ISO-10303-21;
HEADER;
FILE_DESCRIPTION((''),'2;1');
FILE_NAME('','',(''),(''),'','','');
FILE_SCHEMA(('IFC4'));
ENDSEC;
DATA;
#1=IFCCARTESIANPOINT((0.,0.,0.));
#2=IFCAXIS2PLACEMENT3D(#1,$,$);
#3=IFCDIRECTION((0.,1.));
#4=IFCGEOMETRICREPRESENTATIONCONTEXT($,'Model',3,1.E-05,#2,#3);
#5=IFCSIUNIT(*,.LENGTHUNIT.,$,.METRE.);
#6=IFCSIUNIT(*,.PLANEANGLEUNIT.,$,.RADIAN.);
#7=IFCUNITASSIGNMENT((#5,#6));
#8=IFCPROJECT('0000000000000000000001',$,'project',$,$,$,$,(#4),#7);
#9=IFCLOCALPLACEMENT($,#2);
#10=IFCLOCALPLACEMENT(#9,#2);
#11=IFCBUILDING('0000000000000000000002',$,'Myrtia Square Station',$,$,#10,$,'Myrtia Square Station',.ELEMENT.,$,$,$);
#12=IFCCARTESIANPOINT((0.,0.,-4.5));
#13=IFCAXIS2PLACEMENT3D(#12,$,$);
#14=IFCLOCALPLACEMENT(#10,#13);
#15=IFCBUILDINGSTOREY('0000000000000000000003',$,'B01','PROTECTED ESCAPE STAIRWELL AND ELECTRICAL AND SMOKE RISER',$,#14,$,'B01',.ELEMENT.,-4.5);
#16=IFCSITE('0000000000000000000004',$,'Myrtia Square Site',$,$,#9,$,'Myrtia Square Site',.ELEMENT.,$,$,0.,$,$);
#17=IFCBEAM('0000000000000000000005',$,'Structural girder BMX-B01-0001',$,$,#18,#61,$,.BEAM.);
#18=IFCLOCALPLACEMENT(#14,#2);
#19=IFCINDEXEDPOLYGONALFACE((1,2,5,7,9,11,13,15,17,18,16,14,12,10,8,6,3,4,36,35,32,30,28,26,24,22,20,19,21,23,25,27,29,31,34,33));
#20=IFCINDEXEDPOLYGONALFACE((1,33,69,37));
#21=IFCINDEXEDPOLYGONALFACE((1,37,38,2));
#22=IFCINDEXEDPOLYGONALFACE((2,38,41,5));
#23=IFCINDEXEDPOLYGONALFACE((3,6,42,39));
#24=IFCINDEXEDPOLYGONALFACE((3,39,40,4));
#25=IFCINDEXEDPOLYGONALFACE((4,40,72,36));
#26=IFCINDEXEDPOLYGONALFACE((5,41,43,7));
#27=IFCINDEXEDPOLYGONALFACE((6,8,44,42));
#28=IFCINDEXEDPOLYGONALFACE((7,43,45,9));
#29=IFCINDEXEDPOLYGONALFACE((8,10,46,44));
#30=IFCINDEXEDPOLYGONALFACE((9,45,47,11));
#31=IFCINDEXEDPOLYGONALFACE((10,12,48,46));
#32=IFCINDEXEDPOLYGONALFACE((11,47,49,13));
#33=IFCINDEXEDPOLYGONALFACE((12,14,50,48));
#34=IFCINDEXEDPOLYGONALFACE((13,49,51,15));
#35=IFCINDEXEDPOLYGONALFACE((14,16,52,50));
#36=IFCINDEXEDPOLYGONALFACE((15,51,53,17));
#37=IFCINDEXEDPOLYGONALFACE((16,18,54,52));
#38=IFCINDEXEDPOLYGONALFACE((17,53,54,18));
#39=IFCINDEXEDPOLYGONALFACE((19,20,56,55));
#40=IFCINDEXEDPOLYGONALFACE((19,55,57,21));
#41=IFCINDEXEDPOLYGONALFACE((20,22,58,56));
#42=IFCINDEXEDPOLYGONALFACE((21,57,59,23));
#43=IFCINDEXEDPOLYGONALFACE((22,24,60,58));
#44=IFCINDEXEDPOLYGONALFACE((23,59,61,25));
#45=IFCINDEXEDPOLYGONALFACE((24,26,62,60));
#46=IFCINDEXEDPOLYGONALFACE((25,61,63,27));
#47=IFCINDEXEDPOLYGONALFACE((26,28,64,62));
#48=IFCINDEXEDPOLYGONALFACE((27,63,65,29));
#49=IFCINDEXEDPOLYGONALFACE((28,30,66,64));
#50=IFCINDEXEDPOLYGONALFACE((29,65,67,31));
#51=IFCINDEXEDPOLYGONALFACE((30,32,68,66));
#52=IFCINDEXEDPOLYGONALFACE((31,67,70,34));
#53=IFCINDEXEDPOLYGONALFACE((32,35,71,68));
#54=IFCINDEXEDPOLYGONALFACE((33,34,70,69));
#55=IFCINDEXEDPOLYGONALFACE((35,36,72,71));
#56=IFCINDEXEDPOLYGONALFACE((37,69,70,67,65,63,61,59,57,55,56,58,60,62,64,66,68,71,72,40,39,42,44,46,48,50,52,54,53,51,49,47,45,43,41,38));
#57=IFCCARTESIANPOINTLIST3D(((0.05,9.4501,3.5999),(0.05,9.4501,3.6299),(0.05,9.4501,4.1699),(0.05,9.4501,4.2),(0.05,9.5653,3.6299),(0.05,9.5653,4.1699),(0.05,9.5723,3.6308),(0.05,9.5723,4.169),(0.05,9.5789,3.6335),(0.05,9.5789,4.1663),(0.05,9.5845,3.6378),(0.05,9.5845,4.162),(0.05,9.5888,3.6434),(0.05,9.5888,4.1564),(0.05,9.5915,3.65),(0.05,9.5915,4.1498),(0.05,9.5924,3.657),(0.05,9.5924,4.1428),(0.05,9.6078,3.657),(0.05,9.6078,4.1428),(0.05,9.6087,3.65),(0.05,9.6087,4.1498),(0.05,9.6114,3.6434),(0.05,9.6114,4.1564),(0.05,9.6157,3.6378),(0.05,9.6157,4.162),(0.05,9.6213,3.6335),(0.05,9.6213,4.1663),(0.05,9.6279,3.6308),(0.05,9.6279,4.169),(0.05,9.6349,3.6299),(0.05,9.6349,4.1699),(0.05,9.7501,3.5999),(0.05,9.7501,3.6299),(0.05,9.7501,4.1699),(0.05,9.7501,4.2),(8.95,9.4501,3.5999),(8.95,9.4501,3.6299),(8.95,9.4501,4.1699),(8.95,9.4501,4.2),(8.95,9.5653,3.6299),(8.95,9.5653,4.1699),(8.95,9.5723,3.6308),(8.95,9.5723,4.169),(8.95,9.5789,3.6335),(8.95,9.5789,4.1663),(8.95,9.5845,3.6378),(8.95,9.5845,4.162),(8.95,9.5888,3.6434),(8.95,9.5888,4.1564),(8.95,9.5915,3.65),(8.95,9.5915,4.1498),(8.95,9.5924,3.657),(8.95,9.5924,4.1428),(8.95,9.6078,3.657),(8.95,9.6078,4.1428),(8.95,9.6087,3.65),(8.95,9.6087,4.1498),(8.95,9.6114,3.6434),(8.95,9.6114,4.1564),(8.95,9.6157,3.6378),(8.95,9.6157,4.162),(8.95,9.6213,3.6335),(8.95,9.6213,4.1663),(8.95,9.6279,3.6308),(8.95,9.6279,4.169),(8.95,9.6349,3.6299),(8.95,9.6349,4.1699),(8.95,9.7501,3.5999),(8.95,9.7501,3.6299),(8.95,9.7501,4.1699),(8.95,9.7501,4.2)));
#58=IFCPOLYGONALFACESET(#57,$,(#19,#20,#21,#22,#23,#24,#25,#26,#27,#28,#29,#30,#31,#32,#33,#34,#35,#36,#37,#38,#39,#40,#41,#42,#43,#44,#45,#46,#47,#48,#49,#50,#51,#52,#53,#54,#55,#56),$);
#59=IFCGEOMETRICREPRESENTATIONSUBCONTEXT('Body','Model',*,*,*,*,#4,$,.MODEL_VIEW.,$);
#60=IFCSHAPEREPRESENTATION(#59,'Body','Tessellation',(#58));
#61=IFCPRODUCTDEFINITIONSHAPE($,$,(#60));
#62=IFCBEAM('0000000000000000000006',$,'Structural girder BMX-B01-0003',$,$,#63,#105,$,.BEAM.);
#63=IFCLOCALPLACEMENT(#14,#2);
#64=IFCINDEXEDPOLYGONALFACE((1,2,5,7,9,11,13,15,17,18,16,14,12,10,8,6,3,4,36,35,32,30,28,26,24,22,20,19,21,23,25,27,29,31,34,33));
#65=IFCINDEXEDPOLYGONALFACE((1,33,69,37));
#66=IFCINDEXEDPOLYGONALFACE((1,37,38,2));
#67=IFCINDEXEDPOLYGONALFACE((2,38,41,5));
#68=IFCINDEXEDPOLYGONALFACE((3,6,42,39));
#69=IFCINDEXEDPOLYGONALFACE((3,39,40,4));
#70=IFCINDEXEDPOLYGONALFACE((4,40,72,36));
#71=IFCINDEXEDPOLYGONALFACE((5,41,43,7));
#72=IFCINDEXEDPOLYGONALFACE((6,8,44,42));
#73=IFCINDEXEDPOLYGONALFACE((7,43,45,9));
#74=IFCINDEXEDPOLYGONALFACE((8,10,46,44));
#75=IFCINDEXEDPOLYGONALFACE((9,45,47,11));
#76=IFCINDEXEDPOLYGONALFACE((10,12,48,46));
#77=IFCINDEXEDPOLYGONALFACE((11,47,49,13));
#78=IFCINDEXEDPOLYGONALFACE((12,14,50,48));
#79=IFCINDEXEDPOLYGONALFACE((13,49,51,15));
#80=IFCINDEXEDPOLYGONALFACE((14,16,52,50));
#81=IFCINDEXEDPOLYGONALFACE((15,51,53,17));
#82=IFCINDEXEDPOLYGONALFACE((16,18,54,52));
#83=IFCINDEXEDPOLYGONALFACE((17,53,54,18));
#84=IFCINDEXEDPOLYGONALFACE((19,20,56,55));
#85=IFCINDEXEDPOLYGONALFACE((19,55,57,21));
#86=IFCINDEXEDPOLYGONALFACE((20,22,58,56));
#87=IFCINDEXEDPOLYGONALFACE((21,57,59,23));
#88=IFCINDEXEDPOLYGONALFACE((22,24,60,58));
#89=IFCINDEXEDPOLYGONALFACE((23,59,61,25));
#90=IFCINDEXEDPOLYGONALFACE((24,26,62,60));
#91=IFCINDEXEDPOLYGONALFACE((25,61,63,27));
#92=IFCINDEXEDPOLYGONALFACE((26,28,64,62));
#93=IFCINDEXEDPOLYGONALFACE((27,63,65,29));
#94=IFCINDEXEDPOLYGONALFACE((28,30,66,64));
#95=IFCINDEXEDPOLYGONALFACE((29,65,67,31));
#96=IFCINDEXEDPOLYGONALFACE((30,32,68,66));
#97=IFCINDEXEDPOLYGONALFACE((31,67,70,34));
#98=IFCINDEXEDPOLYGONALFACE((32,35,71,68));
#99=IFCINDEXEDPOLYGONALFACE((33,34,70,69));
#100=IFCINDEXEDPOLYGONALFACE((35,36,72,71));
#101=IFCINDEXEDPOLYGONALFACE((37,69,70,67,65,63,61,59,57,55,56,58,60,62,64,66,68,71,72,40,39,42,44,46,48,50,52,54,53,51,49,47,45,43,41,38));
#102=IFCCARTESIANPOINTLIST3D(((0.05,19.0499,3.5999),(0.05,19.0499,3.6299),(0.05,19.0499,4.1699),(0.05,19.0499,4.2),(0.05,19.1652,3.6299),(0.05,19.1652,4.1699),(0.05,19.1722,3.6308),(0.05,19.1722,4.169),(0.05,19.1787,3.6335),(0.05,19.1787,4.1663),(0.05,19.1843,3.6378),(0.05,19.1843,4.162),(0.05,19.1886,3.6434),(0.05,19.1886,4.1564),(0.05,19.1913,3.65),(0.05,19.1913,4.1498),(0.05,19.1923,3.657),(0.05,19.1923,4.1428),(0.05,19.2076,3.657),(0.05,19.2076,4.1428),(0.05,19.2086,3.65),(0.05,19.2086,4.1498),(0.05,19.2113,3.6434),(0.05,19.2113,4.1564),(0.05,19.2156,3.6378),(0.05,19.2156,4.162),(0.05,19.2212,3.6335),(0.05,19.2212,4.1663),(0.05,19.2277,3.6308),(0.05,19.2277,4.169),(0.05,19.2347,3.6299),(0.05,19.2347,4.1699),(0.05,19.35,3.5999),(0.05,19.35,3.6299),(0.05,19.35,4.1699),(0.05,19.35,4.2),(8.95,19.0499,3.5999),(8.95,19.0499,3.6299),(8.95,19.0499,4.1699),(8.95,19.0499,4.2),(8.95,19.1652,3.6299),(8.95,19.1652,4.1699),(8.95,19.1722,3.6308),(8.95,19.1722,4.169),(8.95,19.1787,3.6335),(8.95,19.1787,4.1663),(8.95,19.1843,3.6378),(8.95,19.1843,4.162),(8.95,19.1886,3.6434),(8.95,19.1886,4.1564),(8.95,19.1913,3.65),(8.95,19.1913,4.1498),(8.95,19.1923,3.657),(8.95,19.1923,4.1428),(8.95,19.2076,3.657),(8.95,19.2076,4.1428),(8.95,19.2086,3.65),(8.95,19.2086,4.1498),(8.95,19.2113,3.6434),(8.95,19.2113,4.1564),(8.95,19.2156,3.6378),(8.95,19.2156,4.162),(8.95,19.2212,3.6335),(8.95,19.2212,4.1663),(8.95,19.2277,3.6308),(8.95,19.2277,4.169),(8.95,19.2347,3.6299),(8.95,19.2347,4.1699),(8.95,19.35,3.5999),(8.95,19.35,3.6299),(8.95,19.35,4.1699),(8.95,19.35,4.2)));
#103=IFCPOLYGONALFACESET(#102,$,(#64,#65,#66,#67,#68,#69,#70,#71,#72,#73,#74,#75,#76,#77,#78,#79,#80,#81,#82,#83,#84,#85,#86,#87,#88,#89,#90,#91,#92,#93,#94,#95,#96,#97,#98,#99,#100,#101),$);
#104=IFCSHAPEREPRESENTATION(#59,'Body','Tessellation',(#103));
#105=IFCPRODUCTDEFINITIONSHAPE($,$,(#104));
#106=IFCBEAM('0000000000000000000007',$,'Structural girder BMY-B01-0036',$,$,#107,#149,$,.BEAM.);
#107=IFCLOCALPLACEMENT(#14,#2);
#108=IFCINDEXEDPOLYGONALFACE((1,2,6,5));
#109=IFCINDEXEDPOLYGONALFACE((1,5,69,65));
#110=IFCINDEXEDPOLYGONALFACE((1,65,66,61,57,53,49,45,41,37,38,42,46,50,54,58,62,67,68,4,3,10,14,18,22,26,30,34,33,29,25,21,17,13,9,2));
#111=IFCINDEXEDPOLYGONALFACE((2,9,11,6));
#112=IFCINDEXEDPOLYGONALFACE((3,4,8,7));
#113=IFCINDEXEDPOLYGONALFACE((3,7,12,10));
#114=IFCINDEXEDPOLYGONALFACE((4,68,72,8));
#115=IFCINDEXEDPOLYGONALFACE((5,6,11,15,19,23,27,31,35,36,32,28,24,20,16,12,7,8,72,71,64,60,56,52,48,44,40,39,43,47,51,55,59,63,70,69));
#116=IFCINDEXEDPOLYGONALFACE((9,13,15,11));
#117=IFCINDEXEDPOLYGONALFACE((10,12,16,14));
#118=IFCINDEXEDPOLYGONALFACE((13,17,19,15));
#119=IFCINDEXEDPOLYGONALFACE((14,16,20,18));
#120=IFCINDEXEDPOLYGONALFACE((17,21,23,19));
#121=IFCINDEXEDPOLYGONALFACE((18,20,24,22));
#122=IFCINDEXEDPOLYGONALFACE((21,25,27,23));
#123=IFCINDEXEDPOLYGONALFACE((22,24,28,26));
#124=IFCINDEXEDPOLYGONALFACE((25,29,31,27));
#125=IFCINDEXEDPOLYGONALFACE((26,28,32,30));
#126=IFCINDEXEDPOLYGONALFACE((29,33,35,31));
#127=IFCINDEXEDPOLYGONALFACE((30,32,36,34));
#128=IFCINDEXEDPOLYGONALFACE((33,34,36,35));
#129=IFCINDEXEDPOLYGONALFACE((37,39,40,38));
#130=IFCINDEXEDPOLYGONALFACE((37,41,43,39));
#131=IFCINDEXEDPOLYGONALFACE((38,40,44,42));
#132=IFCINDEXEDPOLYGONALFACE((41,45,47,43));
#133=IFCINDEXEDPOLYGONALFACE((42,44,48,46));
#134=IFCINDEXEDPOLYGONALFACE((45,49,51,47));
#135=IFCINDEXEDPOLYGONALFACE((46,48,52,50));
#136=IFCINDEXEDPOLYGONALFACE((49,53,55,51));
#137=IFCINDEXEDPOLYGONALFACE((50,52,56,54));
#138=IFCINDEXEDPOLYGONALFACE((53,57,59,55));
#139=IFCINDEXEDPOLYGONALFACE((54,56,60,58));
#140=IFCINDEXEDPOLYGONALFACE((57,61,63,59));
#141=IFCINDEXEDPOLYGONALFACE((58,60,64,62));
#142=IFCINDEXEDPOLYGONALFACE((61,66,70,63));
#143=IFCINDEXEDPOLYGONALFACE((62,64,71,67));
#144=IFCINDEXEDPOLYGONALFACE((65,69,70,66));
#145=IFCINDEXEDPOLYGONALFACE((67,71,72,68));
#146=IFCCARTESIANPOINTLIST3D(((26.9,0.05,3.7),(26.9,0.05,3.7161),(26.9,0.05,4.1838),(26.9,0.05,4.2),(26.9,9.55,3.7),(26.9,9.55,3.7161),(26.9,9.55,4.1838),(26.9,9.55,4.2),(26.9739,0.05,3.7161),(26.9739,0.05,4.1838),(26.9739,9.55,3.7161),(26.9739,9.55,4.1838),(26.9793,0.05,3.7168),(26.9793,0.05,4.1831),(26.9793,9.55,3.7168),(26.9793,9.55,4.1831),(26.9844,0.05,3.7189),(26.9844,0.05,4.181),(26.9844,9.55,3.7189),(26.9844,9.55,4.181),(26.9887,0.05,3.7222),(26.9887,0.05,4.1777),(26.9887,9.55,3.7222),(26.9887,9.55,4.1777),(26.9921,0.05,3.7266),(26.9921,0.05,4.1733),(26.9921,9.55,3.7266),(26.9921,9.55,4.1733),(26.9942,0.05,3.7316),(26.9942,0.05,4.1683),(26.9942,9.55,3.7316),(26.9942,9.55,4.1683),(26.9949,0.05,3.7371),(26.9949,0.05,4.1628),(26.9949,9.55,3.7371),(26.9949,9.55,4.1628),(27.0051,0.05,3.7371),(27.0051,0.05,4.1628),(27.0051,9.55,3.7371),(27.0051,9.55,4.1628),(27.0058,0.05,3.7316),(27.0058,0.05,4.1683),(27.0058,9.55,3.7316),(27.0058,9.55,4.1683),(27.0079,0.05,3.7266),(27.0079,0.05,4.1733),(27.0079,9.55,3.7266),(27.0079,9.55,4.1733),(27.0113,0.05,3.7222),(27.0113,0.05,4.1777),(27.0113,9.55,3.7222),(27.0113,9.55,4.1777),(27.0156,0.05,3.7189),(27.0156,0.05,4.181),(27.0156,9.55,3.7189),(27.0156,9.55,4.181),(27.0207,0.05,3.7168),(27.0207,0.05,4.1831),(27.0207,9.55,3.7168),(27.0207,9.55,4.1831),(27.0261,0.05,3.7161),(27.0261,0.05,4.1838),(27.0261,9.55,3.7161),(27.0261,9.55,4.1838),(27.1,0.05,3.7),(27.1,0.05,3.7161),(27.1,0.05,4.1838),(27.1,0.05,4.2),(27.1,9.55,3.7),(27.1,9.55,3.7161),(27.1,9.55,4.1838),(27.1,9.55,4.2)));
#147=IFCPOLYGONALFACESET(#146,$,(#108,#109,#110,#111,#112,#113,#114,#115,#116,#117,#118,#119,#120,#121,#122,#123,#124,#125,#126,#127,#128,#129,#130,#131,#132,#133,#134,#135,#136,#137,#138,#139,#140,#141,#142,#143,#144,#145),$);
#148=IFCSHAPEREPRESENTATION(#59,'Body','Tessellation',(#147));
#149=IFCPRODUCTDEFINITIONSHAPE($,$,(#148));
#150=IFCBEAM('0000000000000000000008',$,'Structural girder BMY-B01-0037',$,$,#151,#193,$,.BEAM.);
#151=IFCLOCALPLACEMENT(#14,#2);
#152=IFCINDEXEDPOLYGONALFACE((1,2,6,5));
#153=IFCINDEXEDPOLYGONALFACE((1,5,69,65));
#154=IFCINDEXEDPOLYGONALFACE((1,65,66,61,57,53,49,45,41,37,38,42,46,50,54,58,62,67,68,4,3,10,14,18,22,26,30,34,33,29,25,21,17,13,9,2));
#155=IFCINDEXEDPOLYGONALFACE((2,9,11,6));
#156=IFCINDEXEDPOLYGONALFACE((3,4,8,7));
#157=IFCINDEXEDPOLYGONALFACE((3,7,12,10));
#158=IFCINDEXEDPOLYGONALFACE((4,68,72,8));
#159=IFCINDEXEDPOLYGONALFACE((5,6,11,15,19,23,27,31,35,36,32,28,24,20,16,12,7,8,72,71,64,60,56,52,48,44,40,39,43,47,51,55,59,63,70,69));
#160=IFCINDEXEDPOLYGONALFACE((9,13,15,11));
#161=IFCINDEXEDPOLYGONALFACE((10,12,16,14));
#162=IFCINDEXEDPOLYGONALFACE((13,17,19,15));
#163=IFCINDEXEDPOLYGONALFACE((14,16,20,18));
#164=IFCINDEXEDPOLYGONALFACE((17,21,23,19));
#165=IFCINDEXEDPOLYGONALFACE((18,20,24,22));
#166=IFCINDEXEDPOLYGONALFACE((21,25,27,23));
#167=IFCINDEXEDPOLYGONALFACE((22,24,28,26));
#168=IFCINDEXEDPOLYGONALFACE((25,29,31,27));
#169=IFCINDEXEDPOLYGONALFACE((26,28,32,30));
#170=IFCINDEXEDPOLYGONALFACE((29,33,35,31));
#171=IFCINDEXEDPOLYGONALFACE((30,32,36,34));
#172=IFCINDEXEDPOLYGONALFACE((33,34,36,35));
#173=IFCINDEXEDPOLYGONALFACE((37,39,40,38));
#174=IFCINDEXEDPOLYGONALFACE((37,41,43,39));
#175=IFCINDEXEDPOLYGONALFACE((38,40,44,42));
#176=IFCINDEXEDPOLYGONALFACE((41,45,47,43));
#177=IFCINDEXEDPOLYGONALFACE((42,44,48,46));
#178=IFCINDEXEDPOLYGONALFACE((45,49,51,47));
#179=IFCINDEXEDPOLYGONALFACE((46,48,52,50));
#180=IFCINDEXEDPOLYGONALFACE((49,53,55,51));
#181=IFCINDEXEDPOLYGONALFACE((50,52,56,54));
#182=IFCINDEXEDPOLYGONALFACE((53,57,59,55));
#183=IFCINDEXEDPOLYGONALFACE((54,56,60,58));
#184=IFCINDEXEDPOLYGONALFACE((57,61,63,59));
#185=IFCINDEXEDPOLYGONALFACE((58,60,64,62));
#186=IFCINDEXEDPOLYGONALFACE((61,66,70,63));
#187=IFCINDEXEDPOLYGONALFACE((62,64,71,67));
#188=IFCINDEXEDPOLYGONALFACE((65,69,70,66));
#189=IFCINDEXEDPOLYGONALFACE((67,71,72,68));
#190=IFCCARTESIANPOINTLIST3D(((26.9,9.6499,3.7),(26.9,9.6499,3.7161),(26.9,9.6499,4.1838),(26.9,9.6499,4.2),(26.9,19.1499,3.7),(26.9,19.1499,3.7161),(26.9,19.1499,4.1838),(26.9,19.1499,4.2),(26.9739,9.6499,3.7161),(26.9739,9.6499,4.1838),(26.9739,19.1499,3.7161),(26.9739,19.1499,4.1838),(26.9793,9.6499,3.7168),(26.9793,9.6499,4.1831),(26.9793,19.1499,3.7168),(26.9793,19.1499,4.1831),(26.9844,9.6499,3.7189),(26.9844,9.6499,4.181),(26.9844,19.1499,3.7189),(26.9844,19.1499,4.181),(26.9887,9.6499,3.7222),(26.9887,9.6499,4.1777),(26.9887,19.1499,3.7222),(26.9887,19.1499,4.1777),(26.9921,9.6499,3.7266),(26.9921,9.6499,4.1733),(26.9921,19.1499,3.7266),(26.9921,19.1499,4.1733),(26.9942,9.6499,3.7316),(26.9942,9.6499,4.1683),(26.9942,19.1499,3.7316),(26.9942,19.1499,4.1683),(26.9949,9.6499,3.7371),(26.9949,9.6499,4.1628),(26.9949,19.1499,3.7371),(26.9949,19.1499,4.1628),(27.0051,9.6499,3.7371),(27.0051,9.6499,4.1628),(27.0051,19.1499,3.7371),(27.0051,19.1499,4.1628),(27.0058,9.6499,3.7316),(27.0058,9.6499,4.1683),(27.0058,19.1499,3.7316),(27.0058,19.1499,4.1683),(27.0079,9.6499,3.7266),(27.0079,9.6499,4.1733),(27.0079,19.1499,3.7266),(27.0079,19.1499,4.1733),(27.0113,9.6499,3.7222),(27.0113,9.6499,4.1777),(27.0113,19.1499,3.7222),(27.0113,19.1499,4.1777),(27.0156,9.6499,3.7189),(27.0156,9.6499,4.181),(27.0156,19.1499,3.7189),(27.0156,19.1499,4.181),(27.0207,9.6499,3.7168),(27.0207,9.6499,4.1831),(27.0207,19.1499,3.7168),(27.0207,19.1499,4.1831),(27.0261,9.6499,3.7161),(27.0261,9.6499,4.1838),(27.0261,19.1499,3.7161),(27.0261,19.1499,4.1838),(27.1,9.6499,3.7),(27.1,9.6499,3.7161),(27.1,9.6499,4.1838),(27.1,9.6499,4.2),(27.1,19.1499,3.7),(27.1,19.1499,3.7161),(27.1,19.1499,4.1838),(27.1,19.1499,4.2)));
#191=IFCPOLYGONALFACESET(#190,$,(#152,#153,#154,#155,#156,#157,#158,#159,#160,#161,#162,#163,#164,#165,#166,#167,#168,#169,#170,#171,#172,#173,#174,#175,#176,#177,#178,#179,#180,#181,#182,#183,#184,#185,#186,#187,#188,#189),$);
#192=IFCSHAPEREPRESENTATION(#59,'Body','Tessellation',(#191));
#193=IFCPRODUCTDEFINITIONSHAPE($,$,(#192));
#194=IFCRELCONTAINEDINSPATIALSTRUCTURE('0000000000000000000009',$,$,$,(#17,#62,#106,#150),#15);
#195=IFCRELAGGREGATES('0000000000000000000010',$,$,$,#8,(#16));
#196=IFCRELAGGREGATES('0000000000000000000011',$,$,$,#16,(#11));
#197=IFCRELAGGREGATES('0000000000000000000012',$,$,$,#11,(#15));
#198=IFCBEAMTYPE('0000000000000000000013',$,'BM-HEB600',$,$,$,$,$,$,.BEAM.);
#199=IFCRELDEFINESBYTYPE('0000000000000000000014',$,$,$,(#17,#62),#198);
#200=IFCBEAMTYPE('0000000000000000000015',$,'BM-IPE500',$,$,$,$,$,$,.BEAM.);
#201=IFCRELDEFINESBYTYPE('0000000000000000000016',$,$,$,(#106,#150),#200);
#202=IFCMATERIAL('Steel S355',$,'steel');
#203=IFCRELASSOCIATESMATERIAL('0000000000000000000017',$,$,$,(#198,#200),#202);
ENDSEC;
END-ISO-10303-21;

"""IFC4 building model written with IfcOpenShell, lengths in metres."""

from ifc_helpers import new_model, si_unit, direction, frame, origin, origin_2d, place, context, subcontext, project, spatial, i_section, extrude, material, material_profile, profile_set, type_object, element, save


model = new_model("IFC4")

# Units and contexts
model_context = context("Model", 3, precision=1e-05, world=origin(), true_north=direction((0.0, 1.0)))
body_context = subcontext(model_context, "Body", "Model", "MODEL_VIEW")
ifc_project = project(units=[si_unit("LENGTHUNIT", "METRE"), si_unit("PLANEANGLEUNIT", "RADIAN")], contexts=[model_context])

# Site, building, storey
site_placement = place(None, origin())
site = spatial("IfcSite", under=ifc_project, at=site_placement, Name="Myrtia Square Site", LongName="Myrtia Square Site", CompositionType="ELEMENT", RefElevation=0.0)
building_placement = place(site_placement, origin())
building = spatial("IfcBuilding", under=site, at=building_placement, Name="Myrtia Square Station", LongName="Myrtia Square Station", CompositionType="ELEMENT")
storey_placement = place(building_placement, frame((0.0, 0.0, -4.5)))
storey = spatial("IfcBuildingStorey", under=building, at=storey_placement, Name="B01", Description="PROTECTED ESCAPE STAIRWELL AND ELECTRICAL AND SMOKE RISER", LongName="B01", CompositionType="ELEMENT", Elevation=-4.5)

# Beams
ifc_material_1 = material(Name="Steel S355", Category="steel")
ifc_material_profile_1 = material_profile(ifc_material_1, i_section(OverallWidth=0.3, OverallDepth=0.6001, WebThickness=0.0154, FlangeThickness=0.03, FilletRadius=0.0271, at=origin_2d()), Name="HEB 600")
ifc_profile_set_1 = profile_set([ifc_material_profile_1], Name="Steel S355")
beam_type_1 = type_object("IfcBeamType", Name="BM-HEB600", PredefinedType="BEAM", material=ifc_profile_set_1)
for number, where, z_axis, x_axis, name in (
    (1, (0.05, 9.6001, 3.8999), (1.0, 0.0, 0.0), (0.0, 1.0, 0.0), "Structural girder BMX-B01-0001"),
    (2, (0.05, 19.2, 3.8999), (1.0, 0.0, 0.0), (0.0, 1.0, 0.0), "Structural girder BMX-B01-0003"),
):
    element("IfcBeam", number, at=place(storey_placement, frame(where, z_axis=z_axis, x_axis=x_axis)), inside=storey, type_object=beam_type_1, Name=name, PredefinedType="BEAM", context=body_context, shape_type="SweptSolid", body=[
        extrude(i_section(OverallWidth=0.3, OverallDepth=0.6001, WebThickness=0.0154, FlangeThickness=0.03, FilletRadius=0.0271, at=origin_2d()), origin(), (0.0, 0.0, 1.0), 8.8999),
    ])
ifc_material_profile_2 = material_profile(ifc_material_1, i_section(OverallWidth=0.2, OverallDepth=0.5, WebThickness=0.0103, FlangeThickness=0.0161, FilletRadius=0.021, at=origin_2d()), Name="IPE 500")
ifc_profile_set_2 = profile_set([ifc_material_profile_2], Name="Steel S355")
beam_type_2 = type_object("IfcBeamType", Name="BM-IPE500", PredefinedType="BEAM", material=ifc_profile_set_2)
for number, where, z_axis, x_axis, name in (
    (3, (27.0, 0.05, 3.95), (0.0, 1.0, 0.0), (-1.0, 0.0, 0.0), "Structural girder BMY-B01-0036"),
    (4, (27.0, 9.6499, 3.95), (0.0, 1.0, 0.0), (-1.0, 0.0, 0.0), "Structural girder BMY-B01-0037"),
):
    element("IfcBeam", number, at=place(storey_placement, frame(where, z_axis=z_axis, x_axis=x_axis)), inside=storey, type_object=beam_type_2, Name=name, PredefinedType="BEAM", context=body_context, shape_type="SweptSolid", body=[
        extrude(i_section(OverallWidth=0.2, OverallDepth=0.5, WebThickness=0.0103, FlangeThickness=0.0161, FilletRadius=0.021, at=origin_2d()), origin(), (0.0, 0.0, 1.0), 9.5),
    ])

save(model, "model.ifc")
